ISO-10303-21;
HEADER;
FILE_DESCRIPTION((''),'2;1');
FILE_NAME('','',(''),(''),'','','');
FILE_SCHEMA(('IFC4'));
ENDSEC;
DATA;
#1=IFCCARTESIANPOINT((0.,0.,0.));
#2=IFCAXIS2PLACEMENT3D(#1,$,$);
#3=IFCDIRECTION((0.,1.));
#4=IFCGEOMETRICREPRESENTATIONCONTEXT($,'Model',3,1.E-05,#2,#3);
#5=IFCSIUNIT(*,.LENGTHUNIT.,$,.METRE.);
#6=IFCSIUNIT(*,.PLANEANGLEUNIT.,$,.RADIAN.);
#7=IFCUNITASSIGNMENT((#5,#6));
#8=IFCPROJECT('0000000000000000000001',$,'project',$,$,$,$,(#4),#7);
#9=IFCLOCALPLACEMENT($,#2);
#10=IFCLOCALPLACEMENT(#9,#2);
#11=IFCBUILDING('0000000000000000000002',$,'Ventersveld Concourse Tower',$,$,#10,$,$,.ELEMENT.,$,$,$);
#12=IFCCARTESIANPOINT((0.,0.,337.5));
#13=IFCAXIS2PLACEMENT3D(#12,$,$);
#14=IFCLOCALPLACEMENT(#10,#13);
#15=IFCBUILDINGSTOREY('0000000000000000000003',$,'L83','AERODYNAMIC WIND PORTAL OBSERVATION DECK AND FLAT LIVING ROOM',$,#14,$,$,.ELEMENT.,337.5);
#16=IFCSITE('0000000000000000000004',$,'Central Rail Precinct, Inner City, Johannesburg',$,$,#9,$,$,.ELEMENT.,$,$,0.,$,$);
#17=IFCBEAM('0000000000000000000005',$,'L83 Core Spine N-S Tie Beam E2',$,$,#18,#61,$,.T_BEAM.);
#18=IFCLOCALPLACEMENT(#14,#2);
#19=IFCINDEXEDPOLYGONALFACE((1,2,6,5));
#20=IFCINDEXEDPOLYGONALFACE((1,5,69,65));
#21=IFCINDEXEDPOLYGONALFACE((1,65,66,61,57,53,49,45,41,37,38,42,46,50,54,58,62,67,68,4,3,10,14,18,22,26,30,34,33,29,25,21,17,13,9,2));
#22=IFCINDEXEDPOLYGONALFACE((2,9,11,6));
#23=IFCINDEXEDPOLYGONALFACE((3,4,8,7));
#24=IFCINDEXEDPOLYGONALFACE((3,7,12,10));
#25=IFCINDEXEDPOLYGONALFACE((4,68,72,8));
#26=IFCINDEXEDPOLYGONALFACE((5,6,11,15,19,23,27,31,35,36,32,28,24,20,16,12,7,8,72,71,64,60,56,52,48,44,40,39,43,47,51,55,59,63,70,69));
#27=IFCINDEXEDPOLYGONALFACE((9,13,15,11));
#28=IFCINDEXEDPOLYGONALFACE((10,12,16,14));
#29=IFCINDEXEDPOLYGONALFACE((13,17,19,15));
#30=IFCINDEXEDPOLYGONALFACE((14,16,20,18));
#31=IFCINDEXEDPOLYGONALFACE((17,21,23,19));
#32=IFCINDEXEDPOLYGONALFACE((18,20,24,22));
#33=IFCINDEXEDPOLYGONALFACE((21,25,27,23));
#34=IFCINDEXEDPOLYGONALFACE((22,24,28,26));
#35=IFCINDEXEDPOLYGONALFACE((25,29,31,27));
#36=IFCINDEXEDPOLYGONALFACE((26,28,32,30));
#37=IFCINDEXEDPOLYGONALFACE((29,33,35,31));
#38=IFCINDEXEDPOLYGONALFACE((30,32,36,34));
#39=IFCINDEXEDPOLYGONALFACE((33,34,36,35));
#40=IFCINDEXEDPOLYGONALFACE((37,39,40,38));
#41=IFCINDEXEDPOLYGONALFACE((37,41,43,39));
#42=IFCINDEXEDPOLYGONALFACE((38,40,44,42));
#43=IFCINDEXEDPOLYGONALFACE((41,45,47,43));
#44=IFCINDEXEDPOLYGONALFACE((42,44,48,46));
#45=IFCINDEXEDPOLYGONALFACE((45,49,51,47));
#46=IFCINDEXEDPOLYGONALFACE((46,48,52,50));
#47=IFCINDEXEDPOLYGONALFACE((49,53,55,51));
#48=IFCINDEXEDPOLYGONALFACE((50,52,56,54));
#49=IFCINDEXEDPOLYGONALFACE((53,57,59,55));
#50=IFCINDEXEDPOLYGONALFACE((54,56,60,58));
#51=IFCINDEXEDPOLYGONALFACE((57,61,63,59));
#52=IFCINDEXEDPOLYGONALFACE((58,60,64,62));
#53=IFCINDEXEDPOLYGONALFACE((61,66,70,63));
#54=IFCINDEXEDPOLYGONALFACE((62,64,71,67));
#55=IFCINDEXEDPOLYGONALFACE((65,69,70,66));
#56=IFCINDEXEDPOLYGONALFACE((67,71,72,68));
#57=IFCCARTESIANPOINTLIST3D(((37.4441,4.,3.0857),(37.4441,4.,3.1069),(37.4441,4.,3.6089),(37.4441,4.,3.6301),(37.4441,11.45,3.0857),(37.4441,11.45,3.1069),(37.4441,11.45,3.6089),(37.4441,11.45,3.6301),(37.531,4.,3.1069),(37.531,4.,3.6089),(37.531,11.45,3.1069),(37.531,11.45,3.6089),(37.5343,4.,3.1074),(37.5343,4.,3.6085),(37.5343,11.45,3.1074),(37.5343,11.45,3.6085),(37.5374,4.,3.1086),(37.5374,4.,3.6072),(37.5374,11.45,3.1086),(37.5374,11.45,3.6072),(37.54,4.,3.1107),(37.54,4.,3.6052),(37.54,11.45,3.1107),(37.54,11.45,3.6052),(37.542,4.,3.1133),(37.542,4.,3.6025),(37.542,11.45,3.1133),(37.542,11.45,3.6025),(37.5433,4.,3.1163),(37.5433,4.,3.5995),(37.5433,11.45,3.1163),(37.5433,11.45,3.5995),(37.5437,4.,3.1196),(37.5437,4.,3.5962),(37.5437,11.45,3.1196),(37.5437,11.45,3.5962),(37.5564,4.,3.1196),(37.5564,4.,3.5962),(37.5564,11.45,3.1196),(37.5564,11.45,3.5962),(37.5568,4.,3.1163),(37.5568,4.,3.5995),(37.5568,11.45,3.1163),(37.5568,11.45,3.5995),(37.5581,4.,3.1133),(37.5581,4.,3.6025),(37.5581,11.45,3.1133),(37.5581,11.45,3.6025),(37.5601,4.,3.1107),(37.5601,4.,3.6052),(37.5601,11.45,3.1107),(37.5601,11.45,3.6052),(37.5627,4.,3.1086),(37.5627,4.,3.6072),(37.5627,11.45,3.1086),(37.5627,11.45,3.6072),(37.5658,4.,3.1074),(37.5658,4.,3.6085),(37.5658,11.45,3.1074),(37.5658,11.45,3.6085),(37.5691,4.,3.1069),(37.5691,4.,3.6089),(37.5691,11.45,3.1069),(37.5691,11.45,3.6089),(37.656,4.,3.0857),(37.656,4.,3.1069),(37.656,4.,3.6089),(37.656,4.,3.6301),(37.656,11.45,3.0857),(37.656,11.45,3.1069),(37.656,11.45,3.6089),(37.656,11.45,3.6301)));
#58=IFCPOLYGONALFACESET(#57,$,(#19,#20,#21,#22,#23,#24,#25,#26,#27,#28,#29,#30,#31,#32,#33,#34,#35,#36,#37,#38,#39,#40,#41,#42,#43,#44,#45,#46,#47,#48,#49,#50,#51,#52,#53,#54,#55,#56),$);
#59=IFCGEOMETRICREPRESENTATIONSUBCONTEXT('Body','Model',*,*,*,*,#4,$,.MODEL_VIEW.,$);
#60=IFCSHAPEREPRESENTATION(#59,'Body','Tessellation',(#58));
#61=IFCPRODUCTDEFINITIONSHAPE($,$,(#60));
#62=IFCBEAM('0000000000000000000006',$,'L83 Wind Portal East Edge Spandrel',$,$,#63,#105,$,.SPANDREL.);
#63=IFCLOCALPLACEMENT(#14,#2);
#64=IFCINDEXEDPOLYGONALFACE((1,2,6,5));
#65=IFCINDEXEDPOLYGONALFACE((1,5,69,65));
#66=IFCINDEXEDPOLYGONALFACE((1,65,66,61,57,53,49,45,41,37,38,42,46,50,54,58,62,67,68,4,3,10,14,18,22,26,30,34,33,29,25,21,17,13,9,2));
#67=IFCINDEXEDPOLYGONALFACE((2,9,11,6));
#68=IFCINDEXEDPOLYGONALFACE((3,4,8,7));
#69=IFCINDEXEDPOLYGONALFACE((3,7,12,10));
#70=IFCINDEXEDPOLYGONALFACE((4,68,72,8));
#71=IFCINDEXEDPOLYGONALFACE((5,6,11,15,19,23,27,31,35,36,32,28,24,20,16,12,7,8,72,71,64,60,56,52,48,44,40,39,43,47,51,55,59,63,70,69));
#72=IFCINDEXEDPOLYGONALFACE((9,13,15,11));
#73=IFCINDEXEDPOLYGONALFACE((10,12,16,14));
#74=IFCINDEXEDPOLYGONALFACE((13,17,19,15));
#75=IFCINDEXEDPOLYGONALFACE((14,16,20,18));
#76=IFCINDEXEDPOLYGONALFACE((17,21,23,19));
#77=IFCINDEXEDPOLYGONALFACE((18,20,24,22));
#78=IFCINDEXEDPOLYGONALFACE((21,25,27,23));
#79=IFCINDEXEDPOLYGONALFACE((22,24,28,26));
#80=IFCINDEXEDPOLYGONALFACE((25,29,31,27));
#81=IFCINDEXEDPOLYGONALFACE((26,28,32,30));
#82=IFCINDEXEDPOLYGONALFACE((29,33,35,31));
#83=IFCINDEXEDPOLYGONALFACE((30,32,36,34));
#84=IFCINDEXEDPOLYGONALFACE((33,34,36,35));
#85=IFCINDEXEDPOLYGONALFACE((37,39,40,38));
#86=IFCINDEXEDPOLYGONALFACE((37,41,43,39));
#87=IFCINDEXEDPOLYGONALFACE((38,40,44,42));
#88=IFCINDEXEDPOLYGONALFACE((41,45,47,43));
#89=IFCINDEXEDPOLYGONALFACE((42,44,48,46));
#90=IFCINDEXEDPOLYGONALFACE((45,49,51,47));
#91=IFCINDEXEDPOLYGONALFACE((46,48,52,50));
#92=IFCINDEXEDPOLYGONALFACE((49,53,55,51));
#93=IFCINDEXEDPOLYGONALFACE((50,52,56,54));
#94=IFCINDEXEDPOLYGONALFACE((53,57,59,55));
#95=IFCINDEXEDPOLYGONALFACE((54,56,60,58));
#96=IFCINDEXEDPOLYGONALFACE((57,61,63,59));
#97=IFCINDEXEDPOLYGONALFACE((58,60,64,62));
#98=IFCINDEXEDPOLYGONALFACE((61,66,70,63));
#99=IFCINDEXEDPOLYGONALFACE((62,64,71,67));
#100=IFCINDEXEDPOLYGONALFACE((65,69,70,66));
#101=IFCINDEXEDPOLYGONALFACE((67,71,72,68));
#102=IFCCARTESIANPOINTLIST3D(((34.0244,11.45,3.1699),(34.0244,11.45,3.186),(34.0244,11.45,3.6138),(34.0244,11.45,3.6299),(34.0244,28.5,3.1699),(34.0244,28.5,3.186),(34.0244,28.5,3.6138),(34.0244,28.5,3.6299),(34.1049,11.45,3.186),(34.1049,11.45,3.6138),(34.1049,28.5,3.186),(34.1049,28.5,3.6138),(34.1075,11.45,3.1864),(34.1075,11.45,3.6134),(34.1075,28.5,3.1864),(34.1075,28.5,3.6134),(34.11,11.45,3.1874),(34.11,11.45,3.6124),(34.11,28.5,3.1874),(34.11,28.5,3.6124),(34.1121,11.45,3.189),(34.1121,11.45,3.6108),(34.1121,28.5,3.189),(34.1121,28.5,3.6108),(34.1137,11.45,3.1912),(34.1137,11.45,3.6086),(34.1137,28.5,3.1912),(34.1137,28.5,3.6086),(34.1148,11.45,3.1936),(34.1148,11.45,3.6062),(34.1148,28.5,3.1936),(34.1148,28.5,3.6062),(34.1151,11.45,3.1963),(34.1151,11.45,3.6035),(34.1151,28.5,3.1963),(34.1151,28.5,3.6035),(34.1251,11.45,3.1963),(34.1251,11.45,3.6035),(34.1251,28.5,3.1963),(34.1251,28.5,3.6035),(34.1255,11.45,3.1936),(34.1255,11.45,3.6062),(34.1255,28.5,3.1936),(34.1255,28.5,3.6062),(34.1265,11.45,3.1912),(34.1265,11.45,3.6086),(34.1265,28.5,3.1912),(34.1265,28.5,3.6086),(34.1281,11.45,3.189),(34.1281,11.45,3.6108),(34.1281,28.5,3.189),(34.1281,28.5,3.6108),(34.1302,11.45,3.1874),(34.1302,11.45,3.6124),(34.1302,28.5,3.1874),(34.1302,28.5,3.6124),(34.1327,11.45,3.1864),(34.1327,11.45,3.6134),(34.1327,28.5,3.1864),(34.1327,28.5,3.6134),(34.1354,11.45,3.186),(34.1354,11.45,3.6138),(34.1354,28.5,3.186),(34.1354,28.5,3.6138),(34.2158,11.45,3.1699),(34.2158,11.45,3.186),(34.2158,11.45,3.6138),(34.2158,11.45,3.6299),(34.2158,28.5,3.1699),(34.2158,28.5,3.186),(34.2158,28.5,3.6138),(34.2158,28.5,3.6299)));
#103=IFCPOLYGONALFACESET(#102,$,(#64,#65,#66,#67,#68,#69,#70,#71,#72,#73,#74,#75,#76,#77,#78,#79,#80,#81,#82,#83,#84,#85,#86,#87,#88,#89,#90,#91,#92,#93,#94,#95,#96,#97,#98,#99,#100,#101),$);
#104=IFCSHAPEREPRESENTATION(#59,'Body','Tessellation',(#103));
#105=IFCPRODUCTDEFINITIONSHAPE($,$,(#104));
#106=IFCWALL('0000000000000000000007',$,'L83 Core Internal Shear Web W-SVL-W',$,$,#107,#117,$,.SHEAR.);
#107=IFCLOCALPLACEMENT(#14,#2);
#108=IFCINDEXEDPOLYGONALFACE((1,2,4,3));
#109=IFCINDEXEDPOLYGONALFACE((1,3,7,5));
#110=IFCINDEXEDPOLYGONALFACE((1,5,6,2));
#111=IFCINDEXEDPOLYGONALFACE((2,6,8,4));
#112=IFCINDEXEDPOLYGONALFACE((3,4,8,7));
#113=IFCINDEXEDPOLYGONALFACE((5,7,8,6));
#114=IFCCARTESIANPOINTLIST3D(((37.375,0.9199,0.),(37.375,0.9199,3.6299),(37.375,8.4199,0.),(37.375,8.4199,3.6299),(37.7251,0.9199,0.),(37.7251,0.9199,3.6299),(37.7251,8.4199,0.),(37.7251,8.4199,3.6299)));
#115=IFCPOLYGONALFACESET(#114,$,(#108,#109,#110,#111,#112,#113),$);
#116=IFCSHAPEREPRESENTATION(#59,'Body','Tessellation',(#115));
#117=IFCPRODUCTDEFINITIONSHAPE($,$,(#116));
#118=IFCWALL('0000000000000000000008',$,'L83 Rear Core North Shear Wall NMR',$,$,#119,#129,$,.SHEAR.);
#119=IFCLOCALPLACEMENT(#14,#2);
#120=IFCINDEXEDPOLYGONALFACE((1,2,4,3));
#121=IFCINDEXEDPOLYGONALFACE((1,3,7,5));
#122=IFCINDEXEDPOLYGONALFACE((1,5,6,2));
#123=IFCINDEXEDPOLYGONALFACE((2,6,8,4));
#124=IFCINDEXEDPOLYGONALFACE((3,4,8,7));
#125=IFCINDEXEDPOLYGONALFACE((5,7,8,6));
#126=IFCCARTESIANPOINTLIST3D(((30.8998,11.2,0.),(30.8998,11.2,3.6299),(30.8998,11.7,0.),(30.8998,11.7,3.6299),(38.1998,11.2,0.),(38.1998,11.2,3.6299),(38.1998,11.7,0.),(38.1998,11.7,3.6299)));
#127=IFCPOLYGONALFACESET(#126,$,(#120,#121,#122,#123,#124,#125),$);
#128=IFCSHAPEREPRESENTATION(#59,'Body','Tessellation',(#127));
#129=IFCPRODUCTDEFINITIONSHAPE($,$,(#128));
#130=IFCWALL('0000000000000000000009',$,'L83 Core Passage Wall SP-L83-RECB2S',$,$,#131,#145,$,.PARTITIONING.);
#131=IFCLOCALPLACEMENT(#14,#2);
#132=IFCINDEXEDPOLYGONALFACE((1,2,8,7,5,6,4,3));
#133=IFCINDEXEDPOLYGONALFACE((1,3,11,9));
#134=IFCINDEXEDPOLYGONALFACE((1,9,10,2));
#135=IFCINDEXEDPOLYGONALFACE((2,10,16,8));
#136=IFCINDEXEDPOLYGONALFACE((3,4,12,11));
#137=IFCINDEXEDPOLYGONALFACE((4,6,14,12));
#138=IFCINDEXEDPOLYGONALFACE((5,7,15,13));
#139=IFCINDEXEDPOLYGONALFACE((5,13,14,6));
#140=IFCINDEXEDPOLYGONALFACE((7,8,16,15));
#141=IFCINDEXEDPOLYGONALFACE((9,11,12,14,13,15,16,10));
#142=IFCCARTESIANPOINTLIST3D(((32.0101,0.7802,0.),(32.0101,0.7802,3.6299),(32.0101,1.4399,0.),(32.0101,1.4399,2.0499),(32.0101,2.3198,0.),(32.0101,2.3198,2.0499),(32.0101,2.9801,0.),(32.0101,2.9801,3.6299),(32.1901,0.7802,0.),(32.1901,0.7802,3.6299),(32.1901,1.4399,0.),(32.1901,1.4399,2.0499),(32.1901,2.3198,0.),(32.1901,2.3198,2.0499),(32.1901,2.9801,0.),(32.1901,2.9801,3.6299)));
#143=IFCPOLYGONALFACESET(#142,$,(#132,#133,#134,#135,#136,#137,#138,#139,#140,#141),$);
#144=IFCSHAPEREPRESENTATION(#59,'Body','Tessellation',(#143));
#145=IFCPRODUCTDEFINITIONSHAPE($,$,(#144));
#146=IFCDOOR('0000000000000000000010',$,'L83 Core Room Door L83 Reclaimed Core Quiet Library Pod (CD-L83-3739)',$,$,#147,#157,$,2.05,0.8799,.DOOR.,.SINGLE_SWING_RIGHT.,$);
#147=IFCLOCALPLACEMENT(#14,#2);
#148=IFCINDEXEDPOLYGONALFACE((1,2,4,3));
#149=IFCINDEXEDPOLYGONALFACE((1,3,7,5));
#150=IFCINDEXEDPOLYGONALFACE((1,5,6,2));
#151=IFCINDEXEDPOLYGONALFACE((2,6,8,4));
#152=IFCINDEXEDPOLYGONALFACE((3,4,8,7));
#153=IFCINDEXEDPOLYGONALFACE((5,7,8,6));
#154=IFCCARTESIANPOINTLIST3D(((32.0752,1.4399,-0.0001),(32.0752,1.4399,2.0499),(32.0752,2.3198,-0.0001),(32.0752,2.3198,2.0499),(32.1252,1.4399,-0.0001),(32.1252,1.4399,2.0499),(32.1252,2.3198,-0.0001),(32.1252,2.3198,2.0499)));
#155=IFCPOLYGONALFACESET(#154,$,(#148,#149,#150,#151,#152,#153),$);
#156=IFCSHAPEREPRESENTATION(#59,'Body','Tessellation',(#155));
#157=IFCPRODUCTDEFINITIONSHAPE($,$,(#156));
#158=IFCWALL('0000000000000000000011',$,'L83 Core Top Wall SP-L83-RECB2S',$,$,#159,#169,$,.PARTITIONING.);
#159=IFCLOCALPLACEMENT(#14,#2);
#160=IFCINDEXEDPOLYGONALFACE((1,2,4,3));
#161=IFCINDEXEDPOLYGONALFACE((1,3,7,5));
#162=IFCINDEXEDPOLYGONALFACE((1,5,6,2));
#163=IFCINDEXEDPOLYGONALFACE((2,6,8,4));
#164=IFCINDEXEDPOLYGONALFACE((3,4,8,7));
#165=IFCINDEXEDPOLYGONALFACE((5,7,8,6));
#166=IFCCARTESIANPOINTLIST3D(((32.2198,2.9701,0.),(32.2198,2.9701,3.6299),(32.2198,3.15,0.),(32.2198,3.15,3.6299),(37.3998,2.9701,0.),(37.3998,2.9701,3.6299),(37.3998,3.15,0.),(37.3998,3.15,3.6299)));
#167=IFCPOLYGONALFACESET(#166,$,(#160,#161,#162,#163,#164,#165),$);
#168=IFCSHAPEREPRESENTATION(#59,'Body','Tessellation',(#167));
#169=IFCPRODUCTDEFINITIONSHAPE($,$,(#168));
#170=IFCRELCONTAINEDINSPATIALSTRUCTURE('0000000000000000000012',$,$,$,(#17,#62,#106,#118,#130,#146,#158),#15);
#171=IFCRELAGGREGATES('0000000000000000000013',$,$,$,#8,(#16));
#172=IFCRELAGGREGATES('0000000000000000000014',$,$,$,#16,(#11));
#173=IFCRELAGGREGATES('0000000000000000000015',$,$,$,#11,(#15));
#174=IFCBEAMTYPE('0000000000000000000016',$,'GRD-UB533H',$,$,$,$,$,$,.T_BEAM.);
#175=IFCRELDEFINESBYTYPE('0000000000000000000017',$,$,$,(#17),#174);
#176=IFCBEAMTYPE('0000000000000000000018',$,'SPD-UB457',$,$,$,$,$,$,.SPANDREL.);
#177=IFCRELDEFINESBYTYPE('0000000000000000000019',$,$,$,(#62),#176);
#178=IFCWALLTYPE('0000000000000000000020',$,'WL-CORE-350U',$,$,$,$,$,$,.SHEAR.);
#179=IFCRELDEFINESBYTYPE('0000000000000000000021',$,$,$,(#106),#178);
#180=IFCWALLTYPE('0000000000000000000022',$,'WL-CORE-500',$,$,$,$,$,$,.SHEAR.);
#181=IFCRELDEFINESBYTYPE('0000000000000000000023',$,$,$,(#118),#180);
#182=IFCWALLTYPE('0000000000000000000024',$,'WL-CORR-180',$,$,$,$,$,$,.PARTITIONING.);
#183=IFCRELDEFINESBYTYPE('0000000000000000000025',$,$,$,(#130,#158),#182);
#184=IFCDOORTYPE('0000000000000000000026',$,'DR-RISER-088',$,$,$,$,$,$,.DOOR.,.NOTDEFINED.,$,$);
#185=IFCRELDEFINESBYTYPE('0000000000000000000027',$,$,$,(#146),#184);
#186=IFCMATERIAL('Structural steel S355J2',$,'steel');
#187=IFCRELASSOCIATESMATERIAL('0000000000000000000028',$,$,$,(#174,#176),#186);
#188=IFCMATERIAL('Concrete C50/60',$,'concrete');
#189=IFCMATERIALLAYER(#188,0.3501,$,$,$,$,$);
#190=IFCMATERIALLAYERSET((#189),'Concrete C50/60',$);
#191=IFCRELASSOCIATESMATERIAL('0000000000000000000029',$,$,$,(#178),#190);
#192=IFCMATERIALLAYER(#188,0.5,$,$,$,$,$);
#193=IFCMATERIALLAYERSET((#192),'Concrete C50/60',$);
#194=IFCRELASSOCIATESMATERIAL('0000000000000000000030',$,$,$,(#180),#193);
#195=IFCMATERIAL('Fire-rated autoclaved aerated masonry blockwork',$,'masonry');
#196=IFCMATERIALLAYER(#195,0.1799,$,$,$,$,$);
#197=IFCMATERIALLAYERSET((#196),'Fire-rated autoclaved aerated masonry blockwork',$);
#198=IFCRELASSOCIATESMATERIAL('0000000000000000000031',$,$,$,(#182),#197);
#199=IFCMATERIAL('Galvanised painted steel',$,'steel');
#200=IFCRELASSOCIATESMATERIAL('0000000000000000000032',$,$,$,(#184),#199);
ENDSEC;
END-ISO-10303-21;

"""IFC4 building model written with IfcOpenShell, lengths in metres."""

from ifc_helpers import new_model, si_unit, direction, frame, frame_2d, origin, origin_2d, place, context, subcontext, project, spatial, rectangle, i_section, extrude, material, layer, layer_set, material_profile, profile_set, type_object, element, fill, save


model = new_model("IFC4")

# Units and contexts
model_context = context("Model", 3, precision=1e-05, world=origin(), true_north=direction((0.0, 1.0)))
body_context = subcontext(model_context, "Body", "Model", "MODEL_VIEW")
ifc_project = project(units=[si_unit("LENGTHUNIT", "METRE"), si_unit("PLANEANGLEUNIT", "RADIAN")], contexts=[model_context])

# Site, building, storey
site_placement = place(None, origin())
site = spatial("IfcSite", under=ifc_project, at=site_placement, Name="Central Rail Precinct, Inner City, Johannesburg", CompositionType="ELEMENT", RefElevation=0.0)
building_placement = place(site_placement, origin())
building = spatial("IfcBuilding", under=site, at=building_placement, Name="Ventersveld Concourse Tower", CompositionType="ELEMENT")
storey_placement = place(building_placement, frame((0.0, 0.0, 337.5)))
storey = spatial("IfcBuildingStorey", under=building, at=storey_placement, Name="L83", Description="AERODYNAMIC WIND PORTAL OBSERVATION DECK AND FLAT LIVING ROOM", CompositionType="ELEMENT", Elevation=337.5)

# Shared definitions
ifc_material_1 = material(Name="Concrete C50/60", Category="concrete")

# Beams
ifc_material_2 = material(Name="Structural steel S355J2", Category="steel")
ifc_material_profile_1 = material_profile(ifc_material_2, i_section(OverallWidth=0.2119, OverallDepth=0.5444, WebThickness=0.0127, FlangeThickness=0.0212, FilletRadius=0.0127, at=origin_2d()), Name="UB 533x210x122")
ifc_profile_set_1 = profile_set([ifc_material_profile_1], Name="Structural steel S355J2")
beam_type_1 = type_object("IfcBeamType", Name="GRD-UB533H", PredefinedType="T_BEAM", material=ifc_profile_set_1)
beam_1_placement = place(storey_placement, frame((37.55, 4.0, 3.3579), z_axis=(0.0, 1.0, 0.0), x_axis=(-1.0, 0.0, 0.0)))
element("IfcBeam", 1, at=beam_1_placement, inside=storey, type_object=beam_type_1, Name="L83 Core Spine N-S Tie Beam E2", PredefinedType="T_BEAM", context=body_context, shape_type="SweptSolid", body=[
    extrude(i_section(OverallWidth=0.2119, OverallDepth=0.5444, WebThickness=0.0127, FlangeThickness=0.0212, FilletRadius=0.0127, at=origin_2d()), origin(), (0.0, 0.0, 1.0), 7.45),
])
ifc_material_profile_2 = material_profile(ifc_material_2, i_section(OverallWidth=0.1914, OverallDepth=0.46, WebThickness=0.01, FlangeThickness=0.0161, FilletRadius=0.0103, at=origin_2d()), Name="UB 457x191x82")
ifc_profile_set_2 = profile_set([ifc_material_profile_2], Name="Structural steel S355J2")
beam_type_2 = type_object("IfcBeamType", Name="SPD-UB457", PredefinedType="SPANDREL", material=ifc_profile_set_2)
beam_2_placement = place(storey_placement, frame((34.1201, 11.45, 3.3999), z_axis=(0.0, 1.0, 0.0), x_axis=(-1.0, 0.0, 0.0)))
element("IfcBeam", 2, at=beam_2_placement, inside=storey, type_object=beam_type_2, Name="L83 Wind Portal East Edge Spandrel", PredefinedType="SPANDREL", context=body_context, shape_type="SweptSolid", body=[
    extrude(i_section(OverallWidth=0.1914, OverallDepth=0.46, WebThickness=0.01, FlangeThickness=0.0161, FilletRadius=0.0103, at=origin_2d()), origin(), (0.0, 0.0, 1.0), 17.05),
])

# Walls
ifc_layer_1 = layer(ifc_material_1, 0.3501)
ifc_layer_set_1 = layer_set([ifc_layer_1], Name="Concrete C50/60")
wall_type_1 = type_object("IfcWallType", Name="WL-CORE-350U", PredefinedType="SHEAR", material=ifc_layer_set_1)
wall_1_placement = place(storey_placement, frame((37.55, 0.9199, 0.0), z_axis=(0.0, 0.0, 1.0), x_axis=(0.0, 1.0, 0.0)))
element("IfcWall", 3, at=wall_1_placement, inside=storey, type_object=wall_type_1, Name="L83 Core Internal Shear Web W-SVL-W", PredefinedType="SHEAR", context=body_context, shape_type="SweptSolid", body=[
    extrude(rectangle(XDim=7.5, YDim=0.3501, at=frame_2d((3.75, 0.0))), origin(), (0.0, 0.0, 1.0), 3.6299),
])
ifc_layer_2 = layer(ifc_material_1, 0.5)
ifc_layer_set_2 = layer_set([ifc_layer_2], Name="Concrete C50/60")
wall_type_2 = type_object("IfcWallType", Name="WL-CORE-500", PredefinedType="SHEAR", material=ifc_layer_set_2)
wall_2_placement = place(storey_placement, frame((30.8999, 11.45, 0.0), z_axis=(0.0, 0.0, 1.0), x_axis=(1.0, 0.0, 0.0)))
element("IfcWall", 4, at=wall_2_placement, inside=storey, type_object=wall_type_2, Name="L83 Rear Core North Shear Wall NMR", PredefinedType="SHEAR", context=body_context, shape_type="SweptSolid", body=[
    extrude(rectangle(XDim=7.3, YDim=0.5, at=frame_2d((3.6499, 0.0))), origin(), (0.0, 0.0, 1.0), 3.6299),
])

# Wall, opening, door
ifc_material_3 = material(Name="Fire-rated autoclaved aerated masonry blockwork", Category="masonry")
ifc_layer_3 = layer(ifc_material_3, 0.1799)
ifc_layer_set_3 = layer_set([ifc_layer_3], Name="Fire-rated autoclaved aerated masonry blockwork")
wall_type_3 = type_object("IfcWallType", Name="WL-CORR-180", PredefinedType="PARTITIONING", material=ifc_layer_set_3)
wall_3_placement = place(storey_placement, frame((32.1001, 0.78, 0.0), z_axis=(0.0, 0.0, 1.0), x_axis=(0.0, 1.0, 0.0)))
wall_3 = element("IfcWall", 5, at=wall_3_placement, inside=storey, type_object=wall_type_3, Name="L83 Core Passage Wall SP-L83-RECB2S", PredefinedType="PARTITIONING", context=body_context, shape_type="SweptSolid", body=[
    extrude(rectangle(XDim=2.2, YDim=0.1799, at=frame_2d((1.1001, 0.0))), origin(), (0.0, 0.0, 1.0), 3.6299),
])
opening_1_placement = place(wall_3_placement, frame((0.6599, 0.0, 0.0)))
opening_1 = element("IfcOpeningElement", 6, at=opening_1_placement, cuts=wall_3, PredefinedType="OPENING", context=body_context, shape_type="SweptSolid", body=[
    extrude(rectangle(XDim=0.8799, YDim=2.05, at=frame_2d((0.4399, 1.0249))), frame((0.0, 0.1001, 0.0), z_axis=(0.0, -1.0, 0.0), x_axis=(1.0, 0.0, 0.0)), (0.0, 0.0, 1.0), 0.2),
])
ifc_material_4 = material(Name="Galvanised painted steel", Category="steel")
door_type_1 = type_object("IfcDoorType", Name="DR-RISER-088", OperationType="NOTDEFINED", PredefinedType="DOOR", material=ifc_material_4)
door_1_placement = place(opening_1_placement, origin())
door_1 = element("IfcDoor", 7, at=door_1_placement, inside=storey, type_object=door_type_1, Name="L83 Core Room Door L83 Reclaimed Core Quiet Library Pod (CD-L83-3739)", OperationType="SINGLE_SWING_RIGHT", OverallHeight=2.05, OverallWidth=0.8799, PredefinedType="DOOR", context=body_context, shape_type="SweptSolid", body=[
    extrude(rectangle(XDim=0.8799, YDim=2.05, at=frame_2d((0.4399, 1.0249))), frame((0.0, 0.0249, 0.0), z_axis=(0.0, -1.0, 0.0), x_axis=(1.0, 0.0, 0.0)), (0.0, 0.0, 1.0), 0.05),
])
fill(opening_1, door_1)

# Wall
wall_4_placement = place(storey_placement, frame((32.22, 3.0601, 0.0), z_axis=(0.0, 0.0, 1.0), x_axis=(1.0, 0.0, 0.0)))
element("IfcWall", 8, at=wall_4_placement, inside=storey, type_object=wall_type_3, Name="L83 Core Top Wall SP-L83-RECB2S", PredefinedType="PARTITIONING", context=body_context, shape_type="SweptSolid", body=[
    extrude(rectangle(XDim=5.1799, YDim=0.1799, at=frame_2d((2.5898, 0.0))), origin(), (0.0, 0.0, 1.0), 3.6299),
])

save(model, "model.ifc")
